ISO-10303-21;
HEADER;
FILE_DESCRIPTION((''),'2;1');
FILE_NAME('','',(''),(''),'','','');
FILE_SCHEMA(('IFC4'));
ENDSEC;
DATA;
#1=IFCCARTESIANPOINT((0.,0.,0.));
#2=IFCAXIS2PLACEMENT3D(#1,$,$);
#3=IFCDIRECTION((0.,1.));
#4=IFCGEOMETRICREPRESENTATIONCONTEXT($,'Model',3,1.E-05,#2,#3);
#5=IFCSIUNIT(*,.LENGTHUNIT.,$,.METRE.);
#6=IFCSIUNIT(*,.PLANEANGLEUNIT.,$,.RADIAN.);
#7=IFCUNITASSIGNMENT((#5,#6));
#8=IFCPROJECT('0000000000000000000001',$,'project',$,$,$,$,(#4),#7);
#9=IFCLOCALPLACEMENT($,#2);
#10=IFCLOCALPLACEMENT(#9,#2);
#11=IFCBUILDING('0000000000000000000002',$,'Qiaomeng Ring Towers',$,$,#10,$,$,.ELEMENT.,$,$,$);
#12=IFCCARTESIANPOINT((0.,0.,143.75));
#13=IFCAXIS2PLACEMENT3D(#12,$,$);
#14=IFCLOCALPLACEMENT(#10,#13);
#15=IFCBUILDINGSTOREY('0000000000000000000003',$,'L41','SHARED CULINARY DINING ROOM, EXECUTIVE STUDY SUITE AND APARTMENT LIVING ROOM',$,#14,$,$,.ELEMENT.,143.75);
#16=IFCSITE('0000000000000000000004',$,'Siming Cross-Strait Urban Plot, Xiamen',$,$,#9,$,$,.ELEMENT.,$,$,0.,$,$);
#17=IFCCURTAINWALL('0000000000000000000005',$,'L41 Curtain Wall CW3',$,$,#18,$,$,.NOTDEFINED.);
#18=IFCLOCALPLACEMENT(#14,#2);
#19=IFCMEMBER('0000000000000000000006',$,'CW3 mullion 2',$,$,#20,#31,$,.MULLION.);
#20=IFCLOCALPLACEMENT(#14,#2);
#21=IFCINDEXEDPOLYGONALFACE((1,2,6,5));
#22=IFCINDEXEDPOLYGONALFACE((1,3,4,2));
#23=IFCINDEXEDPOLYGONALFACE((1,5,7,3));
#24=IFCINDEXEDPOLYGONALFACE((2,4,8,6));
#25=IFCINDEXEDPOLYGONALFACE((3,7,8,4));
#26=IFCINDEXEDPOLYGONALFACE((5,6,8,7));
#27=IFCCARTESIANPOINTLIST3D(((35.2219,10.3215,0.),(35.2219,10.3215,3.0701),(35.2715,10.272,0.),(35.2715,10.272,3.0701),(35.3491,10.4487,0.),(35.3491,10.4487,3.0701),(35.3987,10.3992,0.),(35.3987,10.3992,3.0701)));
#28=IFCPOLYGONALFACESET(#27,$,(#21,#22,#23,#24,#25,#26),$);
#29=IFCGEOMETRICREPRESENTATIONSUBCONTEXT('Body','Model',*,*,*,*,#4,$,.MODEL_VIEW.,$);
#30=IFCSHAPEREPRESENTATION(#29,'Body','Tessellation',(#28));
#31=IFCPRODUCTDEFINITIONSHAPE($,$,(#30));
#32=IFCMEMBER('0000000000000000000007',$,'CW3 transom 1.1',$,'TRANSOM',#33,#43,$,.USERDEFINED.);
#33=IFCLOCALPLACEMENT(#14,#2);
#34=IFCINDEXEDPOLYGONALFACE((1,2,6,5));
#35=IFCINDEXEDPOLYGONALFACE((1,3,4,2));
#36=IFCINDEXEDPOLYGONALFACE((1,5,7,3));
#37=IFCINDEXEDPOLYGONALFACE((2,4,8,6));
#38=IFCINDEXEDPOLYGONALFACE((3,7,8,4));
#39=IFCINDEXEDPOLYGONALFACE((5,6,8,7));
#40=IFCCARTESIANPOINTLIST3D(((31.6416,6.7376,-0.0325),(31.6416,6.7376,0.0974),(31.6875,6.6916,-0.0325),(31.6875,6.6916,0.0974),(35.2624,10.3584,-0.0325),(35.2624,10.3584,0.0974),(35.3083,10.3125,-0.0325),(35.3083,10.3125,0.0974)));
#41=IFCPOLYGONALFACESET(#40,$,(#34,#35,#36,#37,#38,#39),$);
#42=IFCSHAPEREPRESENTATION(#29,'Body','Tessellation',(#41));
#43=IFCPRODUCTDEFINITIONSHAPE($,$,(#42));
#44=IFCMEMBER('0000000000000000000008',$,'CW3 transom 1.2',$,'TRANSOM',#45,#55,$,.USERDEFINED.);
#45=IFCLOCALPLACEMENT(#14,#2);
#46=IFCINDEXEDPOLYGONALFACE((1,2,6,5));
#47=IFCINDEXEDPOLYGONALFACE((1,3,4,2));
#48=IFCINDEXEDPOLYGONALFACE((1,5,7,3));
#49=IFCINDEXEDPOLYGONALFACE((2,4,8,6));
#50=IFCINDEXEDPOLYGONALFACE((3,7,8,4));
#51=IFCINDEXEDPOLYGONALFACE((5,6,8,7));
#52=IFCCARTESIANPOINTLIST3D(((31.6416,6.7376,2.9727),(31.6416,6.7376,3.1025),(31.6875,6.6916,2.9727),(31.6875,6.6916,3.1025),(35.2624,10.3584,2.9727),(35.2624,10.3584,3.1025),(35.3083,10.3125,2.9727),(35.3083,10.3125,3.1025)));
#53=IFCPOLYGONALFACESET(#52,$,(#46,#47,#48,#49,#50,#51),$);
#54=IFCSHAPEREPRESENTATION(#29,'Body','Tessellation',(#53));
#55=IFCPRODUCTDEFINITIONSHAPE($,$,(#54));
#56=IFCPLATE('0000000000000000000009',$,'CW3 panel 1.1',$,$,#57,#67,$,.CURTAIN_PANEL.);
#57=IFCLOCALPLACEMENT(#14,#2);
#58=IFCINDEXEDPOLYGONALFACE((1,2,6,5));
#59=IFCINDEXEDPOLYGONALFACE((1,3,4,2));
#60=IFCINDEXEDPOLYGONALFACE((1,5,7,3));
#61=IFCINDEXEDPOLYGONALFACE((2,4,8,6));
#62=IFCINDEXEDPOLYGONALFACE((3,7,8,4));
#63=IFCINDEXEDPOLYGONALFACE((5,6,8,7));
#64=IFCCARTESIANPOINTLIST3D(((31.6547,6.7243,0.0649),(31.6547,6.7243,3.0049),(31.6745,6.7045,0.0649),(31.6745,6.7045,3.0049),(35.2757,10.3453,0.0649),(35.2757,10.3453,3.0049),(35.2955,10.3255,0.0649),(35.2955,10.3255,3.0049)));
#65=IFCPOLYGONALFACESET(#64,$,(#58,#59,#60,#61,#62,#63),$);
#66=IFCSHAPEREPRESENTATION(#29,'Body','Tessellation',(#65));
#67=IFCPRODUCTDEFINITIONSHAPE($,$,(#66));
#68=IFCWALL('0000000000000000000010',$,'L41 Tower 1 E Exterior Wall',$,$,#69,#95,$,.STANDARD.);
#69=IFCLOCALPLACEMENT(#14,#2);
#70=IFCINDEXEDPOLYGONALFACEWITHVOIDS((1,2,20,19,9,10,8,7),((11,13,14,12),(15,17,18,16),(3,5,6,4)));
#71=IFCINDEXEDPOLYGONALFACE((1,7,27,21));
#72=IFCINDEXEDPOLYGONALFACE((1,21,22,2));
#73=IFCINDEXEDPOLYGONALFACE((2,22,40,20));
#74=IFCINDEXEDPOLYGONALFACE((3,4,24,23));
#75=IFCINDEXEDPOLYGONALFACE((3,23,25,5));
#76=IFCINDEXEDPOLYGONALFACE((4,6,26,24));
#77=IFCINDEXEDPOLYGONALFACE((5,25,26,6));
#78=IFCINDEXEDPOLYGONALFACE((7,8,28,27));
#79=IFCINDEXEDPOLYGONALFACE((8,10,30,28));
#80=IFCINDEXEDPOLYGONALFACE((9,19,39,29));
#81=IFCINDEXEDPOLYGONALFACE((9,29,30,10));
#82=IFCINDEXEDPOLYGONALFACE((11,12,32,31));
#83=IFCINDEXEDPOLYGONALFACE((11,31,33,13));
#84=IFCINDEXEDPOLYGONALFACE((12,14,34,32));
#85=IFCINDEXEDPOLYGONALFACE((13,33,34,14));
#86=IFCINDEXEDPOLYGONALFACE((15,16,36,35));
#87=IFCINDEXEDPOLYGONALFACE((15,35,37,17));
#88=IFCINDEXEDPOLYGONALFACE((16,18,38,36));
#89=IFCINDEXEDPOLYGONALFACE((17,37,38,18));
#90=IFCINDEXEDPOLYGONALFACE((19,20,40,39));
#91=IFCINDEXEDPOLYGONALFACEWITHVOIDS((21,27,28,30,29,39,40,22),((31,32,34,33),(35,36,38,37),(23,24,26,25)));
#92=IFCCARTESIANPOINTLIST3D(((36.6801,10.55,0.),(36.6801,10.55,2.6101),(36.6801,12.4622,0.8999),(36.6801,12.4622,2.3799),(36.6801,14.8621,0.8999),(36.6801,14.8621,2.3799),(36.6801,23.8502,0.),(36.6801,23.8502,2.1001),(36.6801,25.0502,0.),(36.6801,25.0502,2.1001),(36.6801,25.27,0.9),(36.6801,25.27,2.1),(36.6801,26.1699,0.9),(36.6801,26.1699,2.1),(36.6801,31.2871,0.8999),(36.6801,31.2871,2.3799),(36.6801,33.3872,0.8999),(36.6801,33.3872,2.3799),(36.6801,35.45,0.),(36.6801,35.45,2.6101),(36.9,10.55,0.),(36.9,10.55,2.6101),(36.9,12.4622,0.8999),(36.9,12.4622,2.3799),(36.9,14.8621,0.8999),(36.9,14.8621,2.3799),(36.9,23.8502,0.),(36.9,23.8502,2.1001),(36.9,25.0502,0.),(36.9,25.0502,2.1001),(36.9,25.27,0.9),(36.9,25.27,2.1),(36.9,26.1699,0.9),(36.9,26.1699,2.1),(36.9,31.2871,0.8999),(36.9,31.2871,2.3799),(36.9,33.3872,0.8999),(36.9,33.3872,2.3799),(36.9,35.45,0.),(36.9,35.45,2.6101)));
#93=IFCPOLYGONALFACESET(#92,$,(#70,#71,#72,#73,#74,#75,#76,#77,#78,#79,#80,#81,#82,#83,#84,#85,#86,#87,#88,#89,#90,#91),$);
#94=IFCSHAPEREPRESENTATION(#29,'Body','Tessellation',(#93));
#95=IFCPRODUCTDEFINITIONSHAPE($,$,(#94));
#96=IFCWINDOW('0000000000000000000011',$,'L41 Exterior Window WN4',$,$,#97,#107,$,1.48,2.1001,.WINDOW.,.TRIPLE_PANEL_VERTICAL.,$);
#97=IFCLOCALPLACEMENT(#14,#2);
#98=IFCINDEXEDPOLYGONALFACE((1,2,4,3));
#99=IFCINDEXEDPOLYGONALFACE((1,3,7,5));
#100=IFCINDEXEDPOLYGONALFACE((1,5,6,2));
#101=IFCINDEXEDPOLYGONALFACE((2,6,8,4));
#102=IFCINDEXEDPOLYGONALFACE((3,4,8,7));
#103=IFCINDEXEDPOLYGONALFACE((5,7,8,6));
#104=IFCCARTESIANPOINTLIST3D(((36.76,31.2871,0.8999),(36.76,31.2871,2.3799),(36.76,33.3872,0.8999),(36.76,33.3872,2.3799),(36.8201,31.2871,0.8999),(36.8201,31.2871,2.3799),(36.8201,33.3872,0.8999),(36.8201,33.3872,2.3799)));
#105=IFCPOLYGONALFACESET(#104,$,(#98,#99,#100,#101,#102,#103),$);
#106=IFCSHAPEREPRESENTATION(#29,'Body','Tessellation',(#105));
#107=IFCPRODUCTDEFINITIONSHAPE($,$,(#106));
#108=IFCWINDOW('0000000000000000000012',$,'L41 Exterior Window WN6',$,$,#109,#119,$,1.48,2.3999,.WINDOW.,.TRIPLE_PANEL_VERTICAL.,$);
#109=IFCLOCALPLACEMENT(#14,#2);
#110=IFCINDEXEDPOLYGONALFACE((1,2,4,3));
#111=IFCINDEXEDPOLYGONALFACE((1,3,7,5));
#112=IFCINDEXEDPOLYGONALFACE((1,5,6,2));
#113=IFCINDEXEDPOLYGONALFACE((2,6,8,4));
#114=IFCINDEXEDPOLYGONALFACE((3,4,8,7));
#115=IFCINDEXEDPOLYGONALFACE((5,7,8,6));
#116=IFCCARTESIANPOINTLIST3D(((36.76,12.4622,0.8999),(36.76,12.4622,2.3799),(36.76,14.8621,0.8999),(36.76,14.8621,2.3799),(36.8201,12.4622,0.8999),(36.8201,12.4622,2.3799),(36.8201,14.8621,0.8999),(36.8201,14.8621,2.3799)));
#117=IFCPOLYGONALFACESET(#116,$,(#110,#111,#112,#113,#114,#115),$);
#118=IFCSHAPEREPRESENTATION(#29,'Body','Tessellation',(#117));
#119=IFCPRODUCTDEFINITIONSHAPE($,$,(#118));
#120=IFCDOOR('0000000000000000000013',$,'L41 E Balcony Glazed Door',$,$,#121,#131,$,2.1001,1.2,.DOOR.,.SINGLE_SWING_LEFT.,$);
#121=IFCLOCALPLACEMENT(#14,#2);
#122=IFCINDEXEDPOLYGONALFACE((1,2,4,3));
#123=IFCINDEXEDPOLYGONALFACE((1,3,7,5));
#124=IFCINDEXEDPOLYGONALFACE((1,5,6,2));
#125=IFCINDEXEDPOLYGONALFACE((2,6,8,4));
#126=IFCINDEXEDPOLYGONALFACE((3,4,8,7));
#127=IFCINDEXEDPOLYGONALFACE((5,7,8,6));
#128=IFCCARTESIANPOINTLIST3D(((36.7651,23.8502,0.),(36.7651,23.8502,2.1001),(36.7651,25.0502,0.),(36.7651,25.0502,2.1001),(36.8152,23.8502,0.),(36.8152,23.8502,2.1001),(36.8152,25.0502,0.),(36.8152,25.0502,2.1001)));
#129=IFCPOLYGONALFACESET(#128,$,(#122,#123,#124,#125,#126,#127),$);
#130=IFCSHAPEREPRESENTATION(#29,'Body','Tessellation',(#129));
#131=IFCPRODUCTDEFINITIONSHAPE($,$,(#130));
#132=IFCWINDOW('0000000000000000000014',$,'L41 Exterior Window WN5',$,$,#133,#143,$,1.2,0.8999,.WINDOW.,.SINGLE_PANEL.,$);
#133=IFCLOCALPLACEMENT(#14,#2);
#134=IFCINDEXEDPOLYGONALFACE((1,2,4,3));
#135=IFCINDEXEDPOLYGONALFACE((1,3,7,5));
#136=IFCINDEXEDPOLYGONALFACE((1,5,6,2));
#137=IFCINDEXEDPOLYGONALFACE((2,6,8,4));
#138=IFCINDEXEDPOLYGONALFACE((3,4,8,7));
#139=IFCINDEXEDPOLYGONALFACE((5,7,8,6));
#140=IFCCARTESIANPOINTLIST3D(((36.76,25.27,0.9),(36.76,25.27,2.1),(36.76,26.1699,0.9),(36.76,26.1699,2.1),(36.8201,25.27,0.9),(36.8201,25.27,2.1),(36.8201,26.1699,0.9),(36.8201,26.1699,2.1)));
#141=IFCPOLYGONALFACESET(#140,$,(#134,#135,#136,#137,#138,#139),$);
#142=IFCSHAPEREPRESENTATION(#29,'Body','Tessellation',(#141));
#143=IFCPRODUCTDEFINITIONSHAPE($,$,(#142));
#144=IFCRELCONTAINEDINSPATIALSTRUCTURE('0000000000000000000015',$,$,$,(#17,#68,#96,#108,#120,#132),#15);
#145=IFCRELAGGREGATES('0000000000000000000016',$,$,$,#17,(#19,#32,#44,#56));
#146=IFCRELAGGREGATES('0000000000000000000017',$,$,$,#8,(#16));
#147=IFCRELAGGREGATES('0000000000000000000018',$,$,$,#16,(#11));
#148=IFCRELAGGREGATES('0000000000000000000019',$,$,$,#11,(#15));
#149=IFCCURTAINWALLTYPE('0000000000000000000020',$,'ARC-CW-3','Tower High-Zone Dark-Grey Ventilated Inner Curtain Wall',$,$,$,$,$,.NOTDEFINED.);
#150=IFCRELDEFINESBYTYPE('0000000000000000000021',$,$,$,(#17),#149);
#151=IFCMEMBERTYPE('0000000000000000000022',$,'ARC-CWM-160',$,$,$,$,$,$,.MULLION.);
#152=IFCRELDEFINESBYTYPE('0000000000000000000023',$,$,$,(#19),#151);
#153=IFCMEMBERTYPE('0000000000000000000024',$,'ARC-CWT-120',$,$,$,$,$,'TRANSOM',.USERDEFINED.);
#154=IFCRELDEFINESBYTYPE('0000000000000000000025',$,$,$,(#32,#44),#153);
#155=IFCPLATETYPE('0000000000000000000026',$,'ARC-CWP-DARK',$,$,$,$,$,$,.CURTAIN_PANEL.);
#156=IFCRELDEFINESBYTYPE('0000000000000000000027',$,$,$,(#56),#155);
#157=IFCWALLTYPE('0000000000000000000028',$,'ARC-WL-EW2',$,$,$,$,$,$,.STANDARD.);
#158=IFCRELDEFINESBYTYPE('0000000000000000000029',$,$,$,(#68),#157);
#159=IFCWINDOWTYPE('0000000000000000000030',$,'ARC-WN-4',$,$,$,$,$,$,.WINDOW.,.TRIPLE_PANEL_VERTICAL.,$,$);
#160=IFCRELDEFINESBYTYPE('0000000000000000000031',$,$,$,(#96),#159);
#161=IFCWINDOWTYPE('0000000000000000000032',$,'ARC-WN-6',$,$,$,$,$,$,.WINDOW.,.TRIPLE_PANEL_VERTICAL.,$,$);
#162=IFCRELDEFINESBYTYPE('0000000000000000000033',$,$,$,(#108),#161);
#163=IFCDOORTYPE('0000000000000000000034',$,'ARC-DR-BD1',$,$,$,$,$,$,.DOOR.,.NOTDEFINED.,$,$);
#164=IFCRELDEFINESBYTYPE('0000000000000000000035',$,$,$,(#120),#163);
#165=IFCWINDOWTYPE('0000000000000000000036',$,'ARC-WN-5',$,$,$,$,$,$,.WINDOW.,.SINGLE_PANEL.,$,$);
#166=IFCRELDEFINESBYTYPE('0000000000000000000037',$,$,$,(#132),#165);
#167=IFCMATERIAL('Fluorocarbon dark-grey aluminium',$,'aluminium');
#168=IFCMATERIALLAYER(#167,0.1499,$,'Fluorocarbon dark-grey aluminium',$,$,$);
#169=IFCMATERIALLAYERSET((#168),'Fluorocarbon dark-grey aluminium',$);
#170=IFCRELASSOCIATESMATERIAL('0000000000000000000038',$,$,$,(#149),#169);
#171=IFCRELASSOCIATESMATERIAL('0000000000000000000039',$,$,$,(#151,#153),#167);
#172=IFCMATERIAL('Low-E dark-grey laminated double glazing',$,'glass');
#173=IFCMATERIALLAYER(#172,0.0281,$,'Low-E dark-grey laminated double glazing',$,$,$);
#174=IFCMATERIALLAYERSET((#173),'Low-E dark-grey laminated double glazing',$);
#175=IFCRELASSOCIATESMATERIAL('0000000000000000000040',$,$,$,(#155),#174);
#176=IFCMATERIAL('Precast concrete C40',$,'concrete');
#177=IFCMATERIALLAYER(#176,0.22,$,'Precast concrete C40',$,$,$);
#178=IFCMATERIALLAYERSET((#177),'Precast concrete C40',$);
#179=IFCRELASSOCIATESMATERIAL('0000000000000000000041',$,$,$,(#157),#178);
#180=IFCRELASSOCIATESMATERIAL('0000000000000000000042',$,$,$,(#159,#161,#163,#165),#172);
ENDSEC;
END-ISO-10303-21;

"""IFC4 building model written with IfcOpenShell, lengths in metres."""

from ifc_helpers import new_model, si_unit, direction, frame, frame_2d, origin, origin_2d, place, context, subcontext, project, spatial, rectangle, extrude, source, transform, mapped, material, layer, layer_set, material_profile, profile_set, type_object, element, fill, aggregate, save


model = new_model("IFC4")

# Units and contexts
model_context = context("Model", 3, precision=1e-05, world=origin(), true_north=direction((0.0, 1.0)))
body_context = subcontext(model_context, "Body", "Model", "MODEL_VIEW")
ifc_project = project(units=[si_unit("LENGTHUNIT", "METRE"), si_unit("PLANEANGLEUNIT", "RADIAN")], contexts=[model_context])

# Site, building, storey
site_placement = place(None, origin())
site = spatial("IfcSite", under=ifc_project, at=site_placement, Name="Siming Cross-Strait Urban Plot, Xiamen", CompositionType="ELEMENT", RefElevation=0.0)
building_placement = place(site_placement, origin())
building = spatial("IfcBuilding", under=site, at=building_placement, Name="Qiaomeng Ring Towers", CompositionType="ELEMENT")
storey_placement = place(building_placement, frame((0.0, 0.0, 143.75)))
storey = spatial("IfcBuildingStorey", under=building, at=storey_placement, Name="L41", Description="SHARED CULINARY DINING ROOM, EXECUTIVE STUDY SUITE AND APARTMENT LIVING ROOM", CompositionType="ELEMENT", Elevation=143.75)

# Curtain wall, members, plate
ifc_material_1 = material(Name="Fluorocarbon dark-grey aluminium", Category="aluminium")
ifc_layer_1 = layer(ifc_material_1, 0.1499, Name="Fluorocarbon dark-grey aluminium")
ifc_layer_set_1 = layer_set([ifc_layer_1], Name="Fluorocarbon dark-grey aluminium")
curtain_wall_type = type_object("IfcCurtainWallType", Name="ARC-CW-3", Description="Tower High-Zone Dark-Grey Ventilated Inner Curtain Wall", PredefinedType="NOTDEFINED", material=ifc_layer_set_1)
curtain_wall_placement = place(storey_placement, origin())
curtain_wall = element("IfcCurtainWall", 1, at=curtain_wall_placement, inside=storey, type_object=curtain_wall_type, Name="L41 Curtain Wall CW3", PredefinedType="NOTDEFINED")
ifc_material_profile_1 = material_profile(ifc_material_1, rectangle(XDim=0.0701, YDim=0.1799, at=origin_2d()), Name="ALU MULL 70x180")
ifc_profile_set_1 = profile_set([ifc_material_profile_1], Name="Fluorocarbon dark-grey aluminium")
member_type_1 = type_object("IfcMemberType", Name="ARC-CWM-160", PredefinedType="MULLION", material=ifc_profile_set_1)
shared_shape_1 = source(origin(), body_context, "Body", "SweptSolid", [
    extrude(rectangle(XDim=0.0701, YDim=0.1799, at=origin_2d()), origin(), (0.0, 0.0, 1.0), 3.0701),
])
member_1_placement = place(storey_placement, frame((35.3103, 10.3604, 0.0), z_axis=(0.0, 0.0, 1.0), x_axis=(-0.707107, 0.707107, 0.0)))
member_1 = element("IfcMember", 2, at=member_1_placement, type_object=member_type_1, Name="CW3 mullion 2", PredefinedType="MULLION", context=body_context, shape_type="MappedRepresentation", body=[
    mapped(shared_shape_1, transform((0.0, 0.0, 0.0), x_axis=(1.0, 0.0, 0.0), y_axis=(0.0, 1.0, 0.0), z_axis=(0.0, 0.0, 1.0), scale=1.0)),
])
ifc_material_profile_2 = material_profile(ifc_material_1, rectangle(XDim=0.0649, YDim=0.1299, at=origin_2d()), Name="ALU TRAN 65x130")
ifc_profile_set_2 = profile_set([ifc_material_profile_2], Name="Fluorocarbon dark-grey aluminium")
member_type_2 = type_object("IfcMemberType", Name="ARC-CWT-120", ElementType="TRANSOM", PredefinedType="USERDEFINED", material=ifc_profile_set_2)
shared_shape_2 = source(origin(), body_context, "Body", "SweptSolid", [
    extrude(rectangle(XDim=0.0649, YDim=0.1299, at=origin_2d()), origin(), (0.0, 0.0, 1.0), 5.1206),
])
member_2_placement = place(storey_placement, frame((31.6646, 6.7146, 0.0325), z_axis=(0.707107, 0.707107, 0.0), x_axis=(-0.707107, 0.707107, 0.0)))
member_2 = element("IfcMember", 3, at=member_2_placement, type_object=member_type_2, Name="CW3 transom 1.1", ObjectType="TRANSOM", PredefinedType="USERDEFINED", context=body_context, shape_type="MappedRepresentation", body=[
    mapped(shared_shape_2, transform((0.0, 0.0, 0.0), x_axis=(1.0, 0.0, 0.0), y_axis=(0.0, 1.0, 0.0), z_axis=(0.0, 0.0, 1.0), scale=1.0)),
])
member_3_placement = place(storey_placement, frame((31.6646, 6.7146, 3.0376), z_axis=(0.707107, 0.707107, 0.0), x_axis=(-0.707107, 0.707107, 0.0)))
member_3 = element("IfcMember", 4, at=member_3_placement, type_object=member_type_2, Name="CW3 transom 1.2", ObjectType="TRANSOM", PredefinedType="USERDEFINED", context=body_context, shape_type="MappedRepresentation", body=[
    mapped(shared_shape_2, transform((0.0, 0.0, 0.0), x_axis=(1.0, 0.0, 0.0), y_axis=(0.0, 1.0, 0.0), z_axis=(0.0, 0.0, 1.0), scale=1.0)),
])
ifc_material_2 = material(Name="Low-E dark-grey laminated double glazing", Category="glass")
ifc_layer_2 = layer(ifc_material_2, 0.0281, Name="Low-E dark-grey laminated double glazing")
ifc_layer_set_2 = layer_set([ifc_layer_2], Name="Low-E dark-grey laminated double glazing")
plate_type = type_object("IfcPlateType", Name="ARC-CWP-DARK", PredefinedType="CURTAIN_PANEL", material=ifc_layer_set_2)
shared_shape_3 = source(origin(), body_context, "Body", "SweptSolid", [
    extrude(rectangle(XDim=5.1208, YDim=0.0281, at=origin_2d()), origin(), (0.0, 0.0, 1.0), 2.9399),
])
plate_placement = place(storey_placement, frame((33.4751, 8.5249, 0.0649), z_axis=(0.0, 0.0, 1.0), x_axis=(0.707107, 0.707107, 0.0)))
plate = element("IfcPlate", 5, at=plate_placement, type_object=plate_type, Name="CW3 panel 1.1", PredefinedType="CURTAIN_PANEL", context=body_context, shape_type="MappedRepresentation", body=[
    mapped(shared_shape_3, transform((0.0, 0.0, 0.0), x_axis=(1.0, 0.0, 0.0), y_axis=(0.0, 1.0, 0.0), z_axis=(0.0, 0.0, 1.0), scale=1.0)),
])
aggregate(curtain_wall, [member_1, member_2, member_3, plate])

# Wall, openings, windows, door
ifc_material_3 = material(Name="Precast concrete C40", Category="concrete")
ifc_layer_3 = layer(ifc_material_3, 0.22, Name="Precast concrete C40")
ifc_layer_set_3 = layer_set([ifc_layer_3], Name="Precast concrete C40")
wall_type_1 = type_object("IfcWallType", Name="ARC-WL-EW2", PredefinedType="STANDARD", material=ifc_layer_set_3)
wall_1_placement = place(storey_placement, frame((36.79, 10.55, 0.0), z_axis=(0.0, 0.0, 1.0), x_axis=(0.0, 1.0, 0.0)))
wall_1 = element("IfcWall", 6, at=wall_1_placement, inside=storey, type_object=wall_type_1, Name="L41 Tower 1 E Exterior Wall", PredefinedType="STANDARD", context=body_context, shape_type="SweptSolid", body=[
    extrude(rectangle(XDim=24.8999, YDim=0.22, at=frame_2d((12.45, 0.0))), origin(), (0.0, 0.0, 1.0), 2.6101),
])
opening_1_placement = place(wall_1_placement, frame((13.3, 0.0, 0.0)))
opening_1 = element("IfcOpeningElement", 7, at=opening_1_placement, cuts=wall_1, PredefinedType="OPENING", context=body_context, shape_type="SweptSolid", body=[
    extrude(rectangle(XDim=1.2, YDim=2.1001, at=frame_2d((0.6001, 1.05))), frame((0.0, 0.1199, 0.0), z_axis=(0.0, -1.0, 0.0), x_axis=(1.0, 0.0, 0.0)), (0.0, 0.0, 1.0), 0.24),
])
opening_2_placement = place(wall_1_placement, frame((1.9121, 0.0, 0.8999)))
opening_2 = element("IfcOpeningElement", 8, at=opening_2_placement, cuts=wall_1, PredefinedType="OPENING", context=body_context, shape_type="SweptSolid", body=[
    extrude(rectangle(XDim=2.3999, YDim=1.48, at=frame_2d((1.2, 0.74))), frame((0.0, 0.1199, 0.0), z_axis=(0.0, -1.0, 0.0), x_axis=(1.0, 0.0, 0.0)), (0.0, 0.0, 1.0), 0.24),
])
opening_3_placement = place(wall_1_placement, frame((20.7371, 0.0, 0.8999)))
opening_3 = element("IfcOpeningElement", 9, at=opening_3_placement, cuts=wall_1, PredefinedType="OPENING", context=body_context, shape_type="SweptSolid", body=[
    extrude(rectangle(XDim=2.1001, YDim=1.48, at=frame_2d((1.05, 0.74))), frame((0.0, 0.1199, 0.0), z_axis=(0.0, -1.0, 0.0), x_axis=(1.0, 0.0, 0.0)), (0.0, 0.0, 1.0), 0.24),
])
opening_4_placement = place(wall_1_placement, frame((14.72, 0.0, 0.8999)))
opening_4 = element("IfcOpeningElement", 10, at=opening_4_placement, cuts=wall_1, PredefinedType="OPENING", context=body_context, shape_type="SweptSolid", body=[
    extrude(rectangle(XDim=0.8999, YDim=1.2, at=frame_2d((0.45, 0.6001))), frame((0.0, 0.1199, 0.0), z_axis=(0.0, -1.0, 0.0), x_axis=(1.0, 0.0, 0.0)), (0.0, 0.0, 1.0), 0.24),
])
window_type_1 = type_object("IfcWindowType", Name="ARC-WN-4", PartitioningType="TRIPLE_PANEL_VERTICAL", PredefinedType="WINDOW", material=ifc_material_2)
shared_shape_4 = source(origin(), body_context, "Body", "SweptSolid", [
    extrude(rectangle(XDim=2.1001, YDim=1.48, at=frame_2d((1.05, 0.74))), frame((0.0, 0.03, 0.0), z_axis=(0.0, -1.0, 0.0), x_axis=(1.0, 0.0, 0.0)), (0.0, 0.0, 1.0), 0.0601),
])
window_1_placement = place(opening_3_placement, origin())
window_1 = element("IfcWindow", 11, at=window_1_placement, inside=storey, type_object=window_type_1, Name="L41 Exterior Window WN4", OverallHeight=1.48, OverallWidth=2.1001, PartitioningType="TRIPLE_PANEL_VERTICAL", PredefinedType="WINDOW", context=body_context, shape_type="MappedRepresentation", body=[
    mapped(shared_shape_4, transform((0.0, 0.0, 0.0), x_axis=(1.0, 0.0, 0.0), y_axis=(0.0, 1.0, 0.0), z_axis=(0.0, 0.0, 1.0), scale=1.0)),
])
fill(opening_3, window_1)
window_type_2 = type_object("IfcWindowType", Name="ARC-WN-6", PartitioningType="TRIPLE_PANEL_VERTICAL", PredefinedType="WINDOW", material=ifc_material_2)
shared_shape_5 = source(origin(), body_context, "Body", "SweptSolid", [
    extrude(rectangle(XDim=2.3999, YDim=1.48, at=frame_2d((1.2, 0.74))), frame((0.0, 0.03, 0.0), z_axis=(0.0, -1.0, 0.0), x_axis=(1.0, 0.0, 0.0)), (0.0, 0.0, 1.0), 0.0601),
])
window_2_placement = place(opening_2_placement, origin())
window_2 = element("IfcWindow", 12, at=window_2_placement, inside=storey, type_object=window_type_2, Name="L41 Exterior Window WN6", OverallHeight=1.48, OverallWidth=2.3999, PartitioningType="TRIPLE_PANEL_VERTICAL", PredefinedType="WINDOW", context=body_context, shape_type="MappedRepresentation", body=[
    mapped(shared_shape_5, transform((0.0, 0.0, 0.0), x_axis=(1.0, 0.0, 0.0), y_axis=(0.0, 1.0, 0.0), z_axis=(0.0, 0.0, 1.0), scale=1.0)),
])
fill(opening_2, window_2)
door_type_1 = type_object("IfcDoorType", Name="ARC-DR-BD1", OperationType="NOTDEFINED", PredefinedType="DOOR", material=ifc_material_2)
shared_shape_6 = source(origin(), body_context, "Body", "SweptSolid", [
    extrude(rectangle(XDim=1.2, YDim=2.1001, at=frame_2d((0.6001, 1.05))), frame((0.0, 0.0249, 0.0), z_axis=(0.0, -1.0, 0.0), x_axis=(1.0, 0.0, 0.0)), (0.0, 0.0, 1.0), 0.05),
])
door_1_placement = place(opening_1_placement, origin())
door_1 = element("IfcDoor", 13, at=door_1_placement, inside=storey, type_object=door_type_1, Name="L41 E Balcony Glazed Door", OperationType="SINGLE_SWING_LEFT", OverallHeight=2.1001, OverallWidth=1.2, PredefinedType="DOOR", context=body_context, shape_type="MappedRepresentation", body=[
    mapped(shared_shape_6, transform((0.0, 0.0, 0.0), x_axis=(1.0, 0.0, 0.0), y_axis=(0.0, 1.0, 0.0), z_axis=(0.0, 0.0, 1.0), scale=1.0)),
])
fill(opening_1, door_1)
window_type_3 = type_object("IfcWindowType", Name="ARC-WN-5", PartitioningType="SINGLE_PANEL", PredefinedType="WINDOW", material=ifc_material_2)
shared_shape_7 = source(origin(), body_context, "Body", "SweptSolid", [
    extrude(rectangle(XDim=0.8999, YDim=1.2, at=frame_2d((0.45, 0.6001))), frame((0.0, 0.03, 0.0), z_axis=(0.0, -1.0, 0.0), x_axis=(1.0, 0.0, 0.0)), (0.0, 0.0, 1.0), 0.0601),
])
window_3_placement = place(opening_4_placement, origin())
window_3 = element("IfcWindow", 14, at=window_3_placement, inside=storey, type_object=window_type_3, Name="L41 Exterior Window WN5", OverallHeight=1.2, OverallWidth=0.8999, PartitioningType="SINGLE_PANEL", PredefinedType="WINDOW", context=body_context, shape_type="MappedRepresentation", body=[
    mapped(shared_shape_7, transform((0.0, 0.0, 0.0), x_axis=(1.0, 0.0, 0.0), y_axis=(0.0, 1.0, 0.0), z_axis=(0.0, 0.0, 1.0), scale=1.0)),
])
fill(opening_4, window_3)

save(model, "model.ifc")
